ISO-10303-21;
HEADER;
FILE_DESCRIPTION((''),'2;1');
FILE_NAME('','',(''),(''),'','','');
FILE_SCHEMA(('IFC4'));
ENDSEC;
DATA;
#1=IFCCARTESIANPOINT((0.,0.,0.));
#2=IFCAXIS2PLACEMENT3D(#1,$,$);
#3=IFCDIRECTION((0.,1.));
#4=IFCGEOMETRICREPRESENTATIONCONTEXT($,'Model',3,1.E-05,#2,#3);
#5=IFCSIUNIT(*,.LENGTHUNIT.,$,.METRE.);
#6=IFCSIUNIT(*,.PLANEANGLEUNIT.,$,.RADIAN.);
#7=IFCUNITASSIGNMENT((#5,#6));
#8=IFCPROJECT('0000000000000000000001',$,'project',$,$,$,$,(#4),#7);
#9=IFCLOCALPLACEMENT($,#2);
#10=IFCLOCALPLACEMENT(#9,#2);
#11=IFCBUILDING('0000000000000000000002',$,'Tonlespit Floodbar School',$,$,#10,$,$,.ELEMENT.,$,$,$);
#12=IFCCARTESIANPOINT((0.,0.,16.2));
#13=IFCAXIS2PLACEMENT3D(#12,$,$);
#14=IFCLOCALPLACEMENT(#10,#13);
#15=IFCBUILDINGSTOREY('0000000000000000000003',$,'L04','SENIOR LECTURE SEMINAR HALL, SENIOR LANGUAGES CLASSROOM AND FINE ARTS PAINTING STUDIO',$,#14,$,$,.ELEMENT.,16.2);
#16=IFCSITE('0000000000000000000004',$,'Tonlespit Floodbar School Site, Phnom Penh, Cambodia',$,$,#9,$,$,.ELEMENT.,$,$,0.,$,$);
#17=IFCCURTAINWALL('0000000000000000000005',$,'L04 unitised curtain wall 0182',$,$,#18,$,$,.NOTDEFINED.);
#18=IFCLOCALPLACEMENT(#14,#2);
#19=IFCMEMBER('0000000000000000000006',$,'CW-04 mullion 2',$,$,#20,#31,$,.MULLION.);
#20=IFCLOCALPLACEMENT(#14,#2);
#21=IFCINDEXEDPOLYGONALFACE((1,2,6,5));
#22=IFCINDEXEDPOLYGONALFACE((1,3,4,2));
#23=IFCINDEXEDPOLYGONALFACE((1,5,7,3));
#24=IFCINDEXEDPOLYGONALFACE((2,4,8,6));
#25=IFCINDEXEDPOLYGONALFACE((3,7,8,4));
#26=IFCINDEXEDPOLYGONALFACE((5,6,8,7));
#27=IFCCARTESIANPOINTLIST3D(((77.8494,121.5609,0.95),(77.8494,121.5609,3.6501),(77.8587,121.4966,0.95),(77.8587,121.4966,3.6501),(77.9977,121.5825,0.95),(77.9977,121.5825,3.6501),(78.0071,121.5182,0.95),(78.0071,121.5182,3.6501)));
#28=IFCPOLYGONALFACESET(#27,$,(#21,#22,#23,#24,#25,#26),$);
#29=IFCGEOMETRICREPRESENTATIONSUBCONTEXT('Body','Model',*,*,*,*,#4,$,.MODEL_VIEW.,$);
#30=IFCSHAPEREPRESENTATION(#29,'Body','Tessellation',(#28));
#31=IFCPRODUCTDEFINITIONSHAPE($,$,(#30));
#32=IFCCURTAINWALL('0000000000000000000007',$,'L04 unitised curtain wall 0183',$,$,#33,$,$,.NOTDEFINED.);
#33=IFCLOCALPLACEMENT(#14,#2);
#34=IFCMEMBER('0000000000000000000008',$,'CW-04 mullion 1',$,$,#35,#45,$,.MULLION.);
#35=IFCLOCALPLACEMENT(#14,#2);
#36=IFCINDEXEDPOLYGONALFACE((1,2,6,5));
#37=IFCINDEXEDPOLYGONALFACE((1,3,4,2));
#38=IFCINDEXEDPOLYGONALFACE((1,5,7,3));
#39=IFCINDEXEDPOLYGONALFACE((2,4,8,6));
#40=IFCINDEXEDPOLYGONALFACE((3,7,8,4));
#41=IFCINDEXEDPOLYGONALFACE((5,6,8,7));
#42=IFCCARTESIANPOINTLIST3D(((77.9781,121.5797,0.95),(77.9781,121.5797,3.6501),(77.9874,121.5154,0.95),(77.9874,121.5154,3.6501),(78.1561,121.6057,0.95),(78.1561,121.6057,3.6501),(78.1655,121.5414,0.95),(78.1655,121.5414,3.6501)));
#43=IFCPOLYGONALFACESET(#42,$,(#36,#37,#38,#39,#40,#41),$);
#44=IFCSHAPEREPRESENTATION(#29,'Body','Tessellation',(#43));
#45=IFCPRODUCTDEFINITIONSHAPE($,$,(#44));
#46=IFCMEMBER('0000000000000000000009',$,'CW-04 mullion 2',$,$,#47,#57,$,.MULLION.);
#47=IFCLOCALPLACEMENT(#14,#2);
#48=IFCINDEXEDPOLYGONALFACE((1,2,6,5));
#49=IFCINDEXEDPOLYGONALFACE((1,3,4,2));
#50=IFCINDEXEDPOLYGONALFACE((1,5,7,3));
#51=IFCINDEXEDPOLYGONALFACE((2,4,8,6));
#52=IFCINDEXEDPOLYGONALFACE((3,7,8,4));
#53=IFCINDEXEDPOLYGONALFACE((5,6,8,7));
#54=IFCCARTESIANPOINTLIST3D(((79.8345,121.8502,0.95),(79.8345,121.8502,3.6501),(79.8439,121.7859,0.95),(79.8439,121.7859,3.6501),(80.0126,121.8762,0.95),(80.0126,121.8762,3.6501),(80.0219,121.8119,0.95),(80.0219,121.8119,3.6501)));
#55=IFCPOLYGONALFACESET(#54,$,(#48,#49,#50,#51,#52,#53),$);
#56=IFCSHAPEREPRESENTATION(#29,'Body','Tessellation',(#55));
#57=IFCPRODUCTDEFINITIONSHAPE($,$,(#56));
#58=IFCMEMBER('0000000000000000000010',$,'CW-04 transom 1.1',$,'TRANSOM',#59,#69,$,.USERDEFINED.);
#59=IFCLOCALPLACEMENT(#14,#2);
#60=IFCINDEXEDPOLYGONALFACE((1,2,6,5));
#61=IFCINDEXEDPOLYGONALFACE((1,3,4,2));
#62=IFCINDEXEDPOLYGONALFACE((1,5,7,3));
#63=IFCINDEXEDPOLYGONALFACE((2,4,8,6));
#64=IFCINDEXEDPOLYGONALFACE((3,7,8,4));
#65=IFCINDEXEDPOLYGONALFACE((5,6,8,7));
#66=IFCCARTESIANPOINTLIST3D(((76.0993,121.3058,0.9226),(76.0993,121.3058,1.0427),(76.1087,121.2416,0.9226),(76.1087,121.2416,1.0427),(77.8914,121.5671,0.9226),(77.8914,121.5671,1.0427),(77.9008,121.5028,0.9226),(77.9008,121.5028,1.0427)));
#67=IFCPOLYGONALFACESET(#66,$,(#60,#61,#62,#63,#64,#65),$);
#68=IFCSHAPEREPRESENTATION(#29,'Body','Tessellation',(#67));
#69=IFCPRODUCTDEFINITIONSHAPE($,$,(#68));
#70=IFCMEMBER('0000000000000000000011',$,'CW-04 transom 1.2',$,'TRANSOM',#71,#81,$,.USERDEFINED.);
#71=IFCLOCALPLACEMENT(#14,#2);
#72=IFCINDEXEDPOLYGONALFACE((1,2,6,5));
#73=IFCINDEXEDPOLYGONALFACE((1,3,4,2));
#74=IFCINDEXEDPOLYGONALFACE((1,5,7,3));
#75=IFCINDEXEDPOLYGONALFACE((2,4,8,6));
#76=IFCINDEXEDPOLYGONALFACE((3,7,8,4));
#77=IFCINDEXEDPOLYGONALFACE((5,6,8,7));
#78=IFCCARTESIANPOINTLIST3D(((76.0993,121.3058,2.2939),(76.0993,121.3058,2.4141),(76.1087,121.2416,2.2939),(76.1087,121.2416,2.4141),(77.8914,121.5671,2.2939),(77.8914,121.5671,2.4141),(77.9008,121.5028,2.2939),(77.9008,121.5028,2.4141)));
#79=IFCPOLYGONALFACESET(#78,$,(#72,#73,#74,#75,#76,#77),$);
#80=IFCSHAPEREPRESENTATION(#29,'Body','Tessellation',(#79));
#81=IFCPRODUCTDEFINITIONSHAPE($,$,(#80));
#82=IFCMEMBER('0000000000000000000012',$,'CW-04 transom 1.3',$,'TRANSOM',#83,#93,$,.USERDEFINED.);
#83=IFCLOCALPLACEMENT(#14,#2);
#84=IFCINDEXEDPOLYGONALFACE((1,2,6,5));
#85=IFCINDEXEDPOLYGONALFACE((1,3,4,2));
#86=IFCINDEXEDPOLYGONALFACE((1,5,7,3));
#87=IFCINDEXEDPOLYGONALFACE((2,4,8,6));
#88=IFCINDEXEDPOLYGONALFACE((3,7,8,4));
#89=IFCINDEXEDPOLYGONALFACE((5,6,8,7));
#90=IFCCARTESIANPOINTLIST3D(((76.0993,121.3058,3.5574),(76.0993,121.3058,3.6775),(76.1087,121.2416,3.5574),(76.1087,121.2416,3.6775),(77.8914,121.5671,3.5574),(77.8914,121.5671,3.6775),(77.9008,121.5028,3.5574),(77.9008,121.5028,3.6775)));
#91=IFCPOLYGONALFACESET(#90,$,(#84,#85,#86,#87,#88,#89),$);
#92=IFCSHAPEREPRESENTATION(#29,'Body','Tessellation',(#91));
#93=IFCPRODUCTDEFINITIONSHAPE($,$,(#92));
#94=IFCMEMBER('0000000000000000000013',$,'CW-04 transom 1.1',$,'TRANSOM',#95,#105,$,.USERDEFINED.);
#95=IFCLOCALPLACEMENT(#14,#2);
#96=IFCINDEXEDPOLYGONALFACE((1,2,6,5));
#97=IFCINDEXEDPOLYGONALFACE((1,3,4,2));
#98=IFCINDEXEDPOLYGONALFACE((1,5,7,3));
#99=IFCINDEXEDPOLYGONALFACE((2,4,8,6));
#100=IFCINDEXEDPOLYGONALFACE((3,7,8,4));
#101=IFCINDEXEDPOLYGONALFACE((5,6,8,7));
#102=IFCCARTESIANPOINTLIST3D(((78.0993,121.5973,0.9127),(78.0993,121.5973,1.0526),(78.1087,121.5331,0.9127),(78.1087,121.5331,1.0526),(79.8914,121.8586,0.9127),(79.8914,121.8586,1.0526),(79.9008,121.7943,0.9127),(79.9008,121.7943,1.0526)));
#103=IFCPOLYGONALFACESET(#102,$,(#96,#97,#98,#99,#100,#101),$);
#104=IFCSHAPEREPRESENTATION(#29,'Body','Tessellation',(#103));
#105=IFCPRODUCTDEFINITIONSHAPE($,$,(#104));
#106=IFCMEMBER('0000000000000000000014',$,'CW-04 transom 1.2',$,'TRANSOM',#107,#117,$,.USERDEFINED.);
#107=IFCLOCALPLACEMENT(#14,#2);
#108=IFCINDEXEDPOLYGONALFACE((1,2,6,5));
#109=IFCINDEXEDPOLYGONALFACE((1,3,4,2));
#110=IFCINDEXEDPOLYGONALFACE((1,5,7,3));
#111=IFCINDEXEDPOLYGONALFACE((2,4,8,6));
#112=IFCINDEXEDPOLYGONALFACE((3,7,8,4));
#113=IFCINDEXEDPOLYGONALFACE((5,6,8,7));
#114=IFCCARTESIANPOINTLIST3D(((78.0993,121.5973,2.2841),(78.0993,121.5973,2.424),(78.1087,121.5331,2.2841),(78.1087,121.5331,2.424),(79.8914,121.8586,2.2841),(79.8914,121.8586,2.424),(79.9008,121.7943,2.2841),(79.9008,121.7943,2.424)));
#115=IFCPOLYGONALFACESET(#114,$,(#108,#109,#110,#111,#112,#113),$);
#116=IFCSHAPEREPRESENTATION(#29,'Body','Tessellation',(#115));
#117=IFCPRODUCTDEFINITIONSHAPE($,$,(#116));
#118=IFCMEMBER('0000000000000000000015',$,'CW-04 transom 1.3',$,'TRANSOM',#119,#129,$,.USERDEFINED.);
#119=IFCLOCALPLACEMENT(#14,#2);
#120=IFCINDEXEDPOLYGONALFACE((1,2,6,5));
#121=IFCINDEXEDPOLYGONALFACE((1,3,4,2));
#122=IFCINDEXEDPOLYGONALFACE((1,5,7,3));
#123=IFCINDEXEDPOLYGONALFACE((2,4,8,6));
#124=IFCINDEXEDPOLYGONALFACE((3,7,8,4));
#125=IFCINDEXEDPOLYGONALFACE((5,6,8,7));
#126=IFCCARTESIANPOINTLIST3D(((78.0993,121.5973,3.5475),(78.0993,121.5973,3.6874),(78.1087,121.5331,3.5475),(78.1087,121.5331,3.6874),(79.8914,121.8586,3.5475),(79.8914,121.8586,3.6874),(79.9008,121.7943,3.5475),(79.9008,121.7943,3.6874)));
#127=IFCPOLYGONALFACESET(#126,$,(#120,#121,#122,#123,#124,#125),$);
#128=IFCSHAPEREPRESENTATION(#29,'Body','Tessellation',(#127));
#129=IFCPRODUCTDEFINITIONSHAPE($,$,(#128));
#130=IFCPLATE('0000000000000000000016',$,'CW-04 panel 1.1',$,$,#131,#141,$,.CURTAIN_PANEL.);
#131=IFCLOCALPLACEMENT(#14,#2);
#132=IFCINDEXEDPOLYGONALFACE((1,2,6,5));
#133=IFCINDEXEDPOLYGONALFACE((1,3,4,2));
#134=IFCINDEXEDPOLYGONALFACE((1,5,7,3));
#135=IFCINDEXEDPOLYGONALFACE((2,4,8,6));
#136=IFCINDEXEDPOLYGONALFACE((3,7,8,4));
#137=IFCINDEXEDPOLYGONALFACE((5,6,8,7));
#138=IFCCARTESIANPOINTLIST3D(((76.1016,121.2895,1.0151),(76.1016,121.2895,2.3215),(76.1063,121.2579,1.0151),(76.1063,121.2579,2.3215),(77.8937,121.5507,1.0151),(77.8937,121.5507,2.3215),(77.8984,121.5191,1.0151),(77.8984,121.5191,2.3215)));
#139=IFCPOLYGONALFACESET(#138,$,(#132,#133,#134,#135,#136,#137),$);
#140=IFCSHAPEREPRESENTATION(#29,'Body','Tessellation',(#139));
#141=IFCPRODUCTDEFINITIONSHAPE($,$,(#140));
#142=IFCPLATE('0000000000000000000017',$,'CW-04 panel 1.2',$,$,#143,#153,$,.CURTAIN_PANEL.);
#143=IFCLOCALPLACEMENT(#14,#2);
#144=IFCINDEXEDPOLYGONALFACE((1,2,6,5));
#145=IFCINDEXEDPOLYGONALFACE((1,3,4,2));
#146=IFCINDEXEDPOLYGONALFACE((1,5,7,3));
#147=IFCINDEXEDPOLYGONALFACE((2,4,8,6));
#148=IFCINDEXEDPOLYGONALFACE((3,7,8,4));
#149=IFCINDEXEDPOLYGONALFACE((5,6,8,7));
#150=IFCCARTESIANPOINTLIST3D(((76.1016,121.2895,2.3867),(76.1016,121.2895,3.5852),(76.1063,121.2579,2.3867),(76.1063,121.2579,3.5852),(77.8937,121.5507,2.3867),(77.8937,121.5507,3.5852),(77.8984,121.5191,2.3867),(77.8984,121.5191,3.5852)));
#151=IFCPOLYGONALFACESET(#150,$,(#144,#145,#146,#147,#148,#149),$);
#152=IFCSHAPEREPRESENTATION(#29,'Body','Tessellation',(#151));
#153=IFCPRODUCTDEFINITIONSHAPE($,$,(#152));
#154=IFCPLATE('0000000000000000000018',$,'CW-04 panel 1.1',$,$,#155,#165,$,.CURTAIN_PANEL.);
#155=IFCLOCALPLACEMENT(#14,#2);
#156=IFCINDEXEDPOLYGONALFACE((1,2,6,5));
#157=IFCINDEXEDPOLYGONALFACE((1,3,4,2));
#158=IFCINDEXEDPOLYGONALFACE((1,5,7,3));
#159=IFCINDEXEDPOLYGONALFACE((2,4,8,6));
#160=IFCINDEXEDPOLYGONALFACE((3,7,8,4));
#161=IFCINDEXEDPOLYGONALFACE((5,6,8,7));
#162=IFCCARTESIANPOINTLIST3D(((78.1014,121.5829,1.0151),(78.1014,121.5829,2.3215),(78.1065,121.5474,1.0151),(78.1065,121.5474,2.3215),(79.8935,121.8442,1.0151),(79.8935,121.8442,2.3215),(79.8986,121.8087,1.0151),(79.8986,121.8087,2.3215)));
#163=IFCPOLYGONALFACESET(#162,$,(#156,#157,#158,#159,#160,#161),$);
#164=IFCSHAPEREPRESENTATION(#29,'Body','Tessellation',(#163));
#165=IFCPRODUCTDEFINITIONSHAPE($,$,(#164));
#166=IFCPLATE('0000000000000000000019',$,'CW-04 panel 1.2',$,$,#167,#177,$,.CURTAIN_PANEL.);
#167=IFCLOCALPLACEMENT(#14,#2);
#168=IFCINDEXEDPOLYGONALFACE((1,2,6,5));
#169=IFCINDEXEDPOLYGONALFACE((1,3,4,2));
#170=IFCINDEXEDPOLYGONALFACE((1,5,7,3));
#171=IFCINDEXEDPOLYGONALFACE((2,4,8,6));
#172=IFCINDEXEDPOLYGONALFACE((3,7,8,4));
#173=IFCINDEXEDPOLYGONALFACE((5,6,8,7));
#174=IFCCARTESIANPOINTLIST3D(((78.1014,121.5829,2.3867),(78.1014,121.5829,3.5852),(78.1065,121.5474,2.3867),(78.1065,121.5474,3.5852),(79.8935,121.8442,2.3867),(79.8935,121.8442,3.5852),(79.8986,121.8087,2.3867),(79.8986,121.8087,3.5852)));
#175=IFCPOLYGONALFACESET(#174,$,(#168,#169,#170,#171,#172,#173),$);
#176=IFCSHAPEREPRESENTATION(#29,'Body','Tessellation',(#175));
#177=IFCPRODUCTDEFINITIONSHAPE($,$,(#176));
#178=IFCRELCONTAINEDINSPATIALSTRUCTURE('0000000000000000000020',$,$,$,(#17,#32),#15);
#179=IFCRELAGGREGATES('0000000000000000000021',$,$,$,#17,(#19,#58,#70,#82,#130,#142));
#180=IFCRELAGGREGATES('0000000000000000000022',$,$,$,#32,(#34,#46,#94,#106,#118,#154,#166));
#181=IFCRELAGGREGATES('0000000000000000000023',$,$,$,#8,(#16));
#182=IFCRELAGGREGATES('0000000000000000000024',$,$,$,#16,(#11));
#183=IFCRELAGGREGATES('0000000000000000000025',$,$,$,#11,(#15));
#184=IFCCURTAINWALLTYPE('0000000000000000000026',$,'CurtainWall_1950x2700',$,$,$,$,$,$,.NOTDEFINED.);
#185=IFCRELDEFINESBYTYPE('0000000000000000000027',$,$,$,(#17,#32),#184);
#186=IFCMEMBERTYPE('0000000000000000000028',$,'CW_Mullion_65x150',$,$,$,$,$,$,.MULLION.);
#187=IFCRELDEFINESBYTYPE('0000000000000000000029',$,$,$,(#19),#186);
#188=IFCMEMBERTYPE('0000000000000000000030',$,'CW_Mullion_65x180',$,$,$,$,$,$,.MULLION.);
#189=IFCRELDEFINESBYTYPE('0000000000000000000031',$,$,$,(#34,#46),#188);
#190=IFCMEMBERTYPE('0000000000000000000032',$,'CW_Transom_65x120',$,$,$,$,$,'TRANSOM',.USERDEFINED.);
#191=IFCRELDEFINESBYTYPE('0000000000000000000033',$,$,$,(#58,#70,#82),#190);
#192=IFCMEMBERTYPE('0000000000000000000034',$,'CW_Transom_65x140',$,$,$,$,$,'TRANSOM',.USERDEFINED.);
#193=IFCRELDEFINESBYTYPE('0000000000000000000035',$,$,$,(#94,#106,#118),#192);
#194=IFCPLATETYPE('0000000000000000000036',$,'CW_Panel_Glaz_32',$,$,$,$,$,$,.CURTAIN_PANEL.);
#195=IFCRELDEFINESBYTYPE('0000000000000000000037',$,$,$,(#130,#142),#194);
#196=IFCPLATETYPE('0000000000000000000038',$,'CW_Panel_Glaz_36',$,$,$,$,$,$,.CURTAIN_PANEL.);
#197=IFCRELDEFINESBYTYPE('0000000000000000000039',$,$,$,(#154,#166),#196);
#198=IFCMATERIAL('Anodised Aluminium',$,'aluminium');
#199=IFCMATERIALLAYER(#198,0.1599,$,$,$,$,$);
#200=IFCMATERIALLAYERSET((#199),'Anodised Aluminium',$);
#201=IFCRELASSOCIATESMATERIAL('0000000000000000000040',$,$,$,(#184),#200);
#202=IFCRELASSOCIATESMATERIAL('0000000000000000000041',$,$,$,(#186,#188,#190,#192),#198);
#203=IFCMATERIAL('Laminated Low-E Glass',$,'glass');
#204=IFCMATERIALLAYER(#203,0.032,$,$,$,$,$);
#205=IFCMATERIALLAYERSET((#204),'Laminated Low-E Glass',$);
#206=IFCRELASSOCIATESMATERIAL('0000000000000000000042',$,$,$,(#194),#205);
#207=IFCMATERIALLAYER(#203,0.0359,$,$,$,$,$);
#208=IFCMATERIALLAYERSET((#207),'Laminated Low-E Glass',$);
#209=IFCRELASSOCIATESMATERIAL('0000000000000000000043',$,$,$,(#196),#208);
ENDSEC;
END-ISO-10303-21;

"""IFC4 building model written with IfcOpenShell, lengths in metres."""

from ifc_helpers import new_model, si_unit, direction, frame, origin, origin_2d, place, context, subcontext, project, spatial, rectangle, extrude, material, layer, layer_set, material_profile, profile_set, type_object, element, aggregate, save


model = new_model("IFC4")

# Units and contexts
model_context = context("Model", 3, precision=1e-05, world=origin(), true_north=direction((0.0, 1.0)))
body_context = subcontext(model_context, "Body", "Model", "MODEL_VIEW")
ifc_project = project(units=[si_unit("LENGTHUNIT", "METRE"), si_unit("PLANEANGLEUNIT", "RADIAN")], contexts=[model_context])

# Site, building, storey
site_placement = place(None, origin())
site = spatial("IfcSite", under=ifc_project, at=site_placement, Name="Tonlespit Floodbar School Site, Phnom Penh, Cambodia", CompositionType="ELEMENT", RefElevation=0.0)
building_placement = place(site_placement, origin())
building = spatial("IfcBuilding", under=site, at=building_placement, Name="Tonlespit Floodbar School", CompositionType="ELEMENT")
storey_placement = place(building_placement, frame((0.0, 0.0, 16.2)))
storey = spatial("IfcBuildingStorey", under=building, at=storey_placement, Name="L04", Description="SENIOR LECTURE SEMINAR HALL, SENIOR LANGUAGES CLASSROOM AND FINE ARTS PAINTING STUDIO", CompositionType="ELEMENT", Elevation=16.2)

# Curtain wall, member
ifc_material_1 = material(Name="Anodised Aluminium", Category="aluminium")
ifc_layer_1 = layer(ifc_material_1, 0.1599)
ifc_layer_set_1 = layer_set([ifc_layer_1], Name="Anodised Aluminium")
curtain_wall_type = type_object("IfcCurtainWallType", Name="CurtainWall_1950x2700", PredefinedType="NOTDEFINED", material=ifc_layer_set_1)
curtain_wall_1_placement = place(storey_placement, origin())
curtain_wall_1 = element("IfcCurtainWall", 1, at=curtain_wall_1_placement, inside=storey, type_object=curtain_wall_type, Name="L04 unitised curtain wall 0182", PredefinedType="NOTDEFINED")
ifc_material_profile_1 = material_profile(ifc_material_1, rectangle(XDim=0.0649, YDim=0.1499, at=origin_2d()), Name="ALU M65x150")
ifc_profile_set_1 = profile_set([ifc_material_profile_1], Name="Anodised Aluminium")
member_type_1 = type_object("IfcMemberType", Name="CW_Mullion_65x150", PredefinedType="MULLION", material=ifc_profile_set_1)
member_1_placement = place(storey_placement, frame((77.9282, 121.5396, 0.95), z_axis=(0.0, 0.0, 1.0), x_axis=(-0.144248, 0.989542, 0.0)))
member_1 = element("IfcMember", 2, at=member_1_placement, type_object=member_type_1, Name="CW-04 mullion 2", PredefinedType="MULLION", context=body_context, shape_type="SweptSolid", body=[
    extrude(rectangle(XDim=0.0649, YDim=0.1499, at=origin_2d()), origin(), (0.0, 0.0, 1.0), 2.7002),
])

# Curtain wall, members
curtain_wall_2_placement = place(storey_placement, origin())
curtain_wall_2 = element("IfcCurtainWall", 3, at=curtain_wall_2_placement, inside=storey, type_object=curtain_wall_type, Name="L04 unitised curtain wall 0183", PredefinedType="NOTDEFINED")
ifc_material_profile_2 = material_profile(ifc_material_1, rectangle(XDim=0.0649, YDim=0.1799, at=origin_2d()), Name="ALU M65x180")
ifc_profile_set_2 = profile_set([ifc_material_profile_2], Name="Anodised Aluminium")
member_type_2 = type_object("IfcMemberType", Name="CW_Mullion_65x180", PredefinedType="MULLION", material=ifc_profile_set_2)
member_2_placement = place(storey_placement, frame((78.0718, 121.5605, 0.95), z_axis=(0.0, 0.0, 1.0), x_axis=(-0.144248, 0.989542, 0.0)))
member_2 = element("IfcMember", 4, at=member_2_placement, type_object=member_type_2, Name="CW-04 mullion 1", PredefinedType="MULLION", context=body_context, shape_type="SweptSolid", body=[
    extrude(rectangle(XDim=0.0649, YDim=0.1799, at=origin_2d()), origin(), (0.0, 0.0, 1.0), 2.7002),
])
member_3_placement = place(storey_placement, frame((79.9282, 121.8311, 0.95), z_axis=(0.0, 0.0, 1.0), x_axis=(-0.144248, 0.989542, 0.0)))
member_3 = element("IfcMember", 5, at=member_3_placement, type_object=member_type_2, Name="CW-04 mullion 2", PredefinedType="MULLION", context=body_context, shape_type="SweptSolid", body=[
    extrude(rectangle(XDim=0.0649, YDim=0.1799, at=origin_2d()), origin(), (0.0, 0.0, 1.0), 2.7002),
])

# Members
ifc_material_profile_3 = material_profile(ifc_material_1, rectangle(XDim=0.0649, YDim=0.1201, at=origin_2d()), Name="ALU T65x120")
ifc_profile_set_3 = profile_set([ifc_material_profile_3], Name="Anodised Aluminium")
member_type_3 = type_object("IfcMemberType", Name="CW_Transom_65x120", ElementType="TRANSOM", PredefinedType="USERDEFINED", material=ifc_profile_set_3)
member_4_placement = place(storey_placement, frame((76.104, 121.2737, 0.9827), z_axis=(0.989541, 0.144252, 0.0), x_axis=(-0.144252, 0.989541, 0.0)))
member_4 = element("IfcMember", 6, at=member_4_placement, type_object=member_type_3, Name="CW-04 transom 1.1", ObjectType="TRANSOM", PredefinedType="USERDEFINED", context=body_context, shape_type="SweptSolid", body=[
    extrude(rectangle(XDim=0.0649, YDim=0.1201, at=origin_2d()), origin(), (0.0, 0.0, 1.0), 1.811),
])
member_5_placement = place(storey_placement, frame((76.104, 121.2737, 2.354), z_axis=(0.989541, 0.144252, 0.0), x_axis=(-0.144252, 0.989541, 0.0)))
member_5 = element("IfcMember", 7, at=member_5_placement, type_object=member_type_3, Name="CW-04 transom 1.2", ObjectType="TRANSOM", PredefinedType="USERDEFINED", context=body_context, shape_type="SweptSolid", body=[
    extrude(rectangle(XDim=0.0649, YDim=0.1201, at=origin_2d()), origin(), (0.0, 0.0, 1.0), 1.811),
])
member_6_placement = place(storey_placement, frame((76.104, 121.2737, 3.6174), z_axis=(0.989541, 0.144252, 0.0), x_axis=(-0.144252, 0.989541, 0.0)))
member_6 = element("IfcMember", 8, at=member_6_placement, type_object=member_type_3, Name="CW-04 transom 1.3", ObjectType="TRANSOM", PredefinedType="USERDEFINED", context=body_context, shape_type="SweptSolid", body=[
    extrude(rectangle(XDim=0.0649, YDim=0.1201, at=origin_2d()), origin(), (0.0, 0.0, 1.0), 1.811),
])
ifc_material_profile_4 = material_profile(ifc_material_1, rectangle(XDim=0.0649, YDim=0.1399, at=origin_2d()), Name="ALU T65x140")
ifc_profile_set_4 = profile_set([ifc_material_profile_4], Name="Anodised Aluminium")
member_type_4 = type_object("IfcMemberType", Name="CW_Transom_65x140", ElementType="TRANSOM", PredefinedType="USERDEFINED", material=ifc_profile_set_4)
member_7_placement = place(storey_placement, frame((78.104, 121.5652, 0.9827), z_axis=(0.989541, 0.144252, 0.0), x_axis=(-0.144252, 0.989541, 0.0)))
member_7 = element("IfcMember", 9, at=member_7_placement, type_object=member_type_4, Name="CW-04 transom 1.1", ObjectType="TRANSOM", PredefinedType="USERDEFINED", context=body_context, shape_type="SweptSolid", body=[
    extrude(rectangle(XDim=0.0649, YDim=0.1399, at=origin_2d()), origin(), (0.0, 0.0, 1.0), 1.811),
])
member_8_placement = place(storey_placement, frame((78.104, 121.5652, 2.354), z_axis=(0.989541, 0.144252, 0.0), x_axis=(-0.144252, 0.989541, 0.0)))
member_8 = element("IfcMember", 10, at=member_8_placement, type_object=member_type_4, Name="CW-04 transom 1.2", ObjectType="TRANSOM", PredefinedType="USERDEFINED", context=body_context, shape_type="SweptSolid", body=[
    extrude(rectangle(XDim=0.0649, YDim=0.1399, at=origin_2d()), origin(), (0.0, 0.0, 1.0), 1.811),
])
member_9_placement = place(storey_placement, frame((78.104, 121.5652, 3.6174), z_axis=(0.989541, 0.144252, 0.0), x_axis=(-0.144252, 0.989541, 0.0)))
member_9 = element("IfcMember", 11, at=member_9_placement, type_object=member_type_4, Name="CW-04 transom 1.3", ObjectType="TRANSOM", PredefinedType="USERDEFINED", context=body_context, shape_type="SweptSolid", body=[
    extrude(rectangle(XDim=0.0649, YDim=0.1399, at=origin_2d()), origin(), (0.0, 0.0, 1.0), 1.811),
])

# Plates
ifc_material_2 = material(Name="Laminated Low-E Glass", Category="glass")
ifc_layer_2 = layer(ifc_material_2, 0.032)
ifc_layer_set_2 = layer_set([ifc_layer_2], Name="Laminated Low-E Glass")
plate_type_1 = type_object("IfcPlateType", Name="CW_Panel_Glaz_32", PredefinedType="CURTAIN_PANEL", material=ifc_layer_set_2)
plate_1_placement = place(storey_placement, frame((77.0, 121.4043, 1.0151), z_axis=(0.0, 0.0, 1.0), x_axis=(0.989542, 0.144248, 0.0)))
plate_1 = element("IfcPlate", 12, at=plate_1_placement, type_object=plate_type_1, Name="CW-04 panel 1.1", PredefinedType="CURTAIN_PANEL", context=body_context, shape_type="SweptSolid", body=[
    extrude(rectangle(XDim=1.811, YDim=0.032, at=origin_2d()), origin(), (0.0, 0.0, 1.0), 1.3064),
])
plate_2_placement = place(storey_placement, frame((77.0, 121.4043, 2.3867), z_axis=(0.0, 0.0, 1.0), x_axis=(0.989542, 0.144248, 0.0)))
plate_2 = element("IfcPlate", 13, at=plate_2_placement, type_object=plate_type_1, Name="CW-04 panel 1.2", PredefinedType="CURTAIN_PANEL", context=body_context, shape_type="SweptSolid", body=[
    extrude(rectangle(XDim=1.811, YDim=0.032, at=origin_2d()), origin(), (0.0, 0.0, 1.0), 1.1985),
])
aggregate(curtain_wall_1, [member_1, member_4, member_5, member_6, plate_1, plate_2])
ifc_layer_3 = layer(ifc_material_2, 0.0359)
ifc_layer_set_3 = layer_set([ifc_layer_3], Name="Laminated Low-E Glass")
plate_type_2 = type_object("IfcPlateType", Name="CW_Panel_Glaz_36", PredefinedType="CURTAIN_PANEL", material=ifc_layer_set_3)
plate_3_placement = place(storey_placement, frame((79.0, 121.6958, 1.0151), z_axis=(0.0, 0.0, 1.0), x_axis=(0.989542, 0.144248, 0.0)))
plate_3 = element("IfcPlate", 14, at=plate_3_placement, type_object=plate_type_2, Name="CW-04 panel 1.1", PredefinedType="CURTAIN_PANEL", context=body_context, shape_type="SweptSolid", body=[
    extrude(rectangle(XDim=1.811, YDim=0.0359, at=origin_2d()), origin(), (0.0, 0.0, 1.0), 1.3064),
])
plate_4_placement = place(storey_placement, frame((79.0, 121.6958, 2.3867), z_axis=(0.0, 0.0, 1.0), x_axis=(0.989542, 0.144248, 0.0)))
plate_4 = element("IfcPlate", 15, at=plate_4_placement, type_object=plate_type_2, Name="CW-04 panel 1.2", PredefinedType="CURTAIN_PANEL", context=body_context, shape_type="SweptSolid", body=[
    extrude(rectangle(XDim=1.811, YDim=0.0359, at=origin_2d()), origin(), (0.0, 0.0, 1.0), 1.1985),
])
aggregate(curtain_wall_2, [member_2, member_3, member_7, member_8, member_9, plate_3, plate_4])

save(model, "model.ifc")
